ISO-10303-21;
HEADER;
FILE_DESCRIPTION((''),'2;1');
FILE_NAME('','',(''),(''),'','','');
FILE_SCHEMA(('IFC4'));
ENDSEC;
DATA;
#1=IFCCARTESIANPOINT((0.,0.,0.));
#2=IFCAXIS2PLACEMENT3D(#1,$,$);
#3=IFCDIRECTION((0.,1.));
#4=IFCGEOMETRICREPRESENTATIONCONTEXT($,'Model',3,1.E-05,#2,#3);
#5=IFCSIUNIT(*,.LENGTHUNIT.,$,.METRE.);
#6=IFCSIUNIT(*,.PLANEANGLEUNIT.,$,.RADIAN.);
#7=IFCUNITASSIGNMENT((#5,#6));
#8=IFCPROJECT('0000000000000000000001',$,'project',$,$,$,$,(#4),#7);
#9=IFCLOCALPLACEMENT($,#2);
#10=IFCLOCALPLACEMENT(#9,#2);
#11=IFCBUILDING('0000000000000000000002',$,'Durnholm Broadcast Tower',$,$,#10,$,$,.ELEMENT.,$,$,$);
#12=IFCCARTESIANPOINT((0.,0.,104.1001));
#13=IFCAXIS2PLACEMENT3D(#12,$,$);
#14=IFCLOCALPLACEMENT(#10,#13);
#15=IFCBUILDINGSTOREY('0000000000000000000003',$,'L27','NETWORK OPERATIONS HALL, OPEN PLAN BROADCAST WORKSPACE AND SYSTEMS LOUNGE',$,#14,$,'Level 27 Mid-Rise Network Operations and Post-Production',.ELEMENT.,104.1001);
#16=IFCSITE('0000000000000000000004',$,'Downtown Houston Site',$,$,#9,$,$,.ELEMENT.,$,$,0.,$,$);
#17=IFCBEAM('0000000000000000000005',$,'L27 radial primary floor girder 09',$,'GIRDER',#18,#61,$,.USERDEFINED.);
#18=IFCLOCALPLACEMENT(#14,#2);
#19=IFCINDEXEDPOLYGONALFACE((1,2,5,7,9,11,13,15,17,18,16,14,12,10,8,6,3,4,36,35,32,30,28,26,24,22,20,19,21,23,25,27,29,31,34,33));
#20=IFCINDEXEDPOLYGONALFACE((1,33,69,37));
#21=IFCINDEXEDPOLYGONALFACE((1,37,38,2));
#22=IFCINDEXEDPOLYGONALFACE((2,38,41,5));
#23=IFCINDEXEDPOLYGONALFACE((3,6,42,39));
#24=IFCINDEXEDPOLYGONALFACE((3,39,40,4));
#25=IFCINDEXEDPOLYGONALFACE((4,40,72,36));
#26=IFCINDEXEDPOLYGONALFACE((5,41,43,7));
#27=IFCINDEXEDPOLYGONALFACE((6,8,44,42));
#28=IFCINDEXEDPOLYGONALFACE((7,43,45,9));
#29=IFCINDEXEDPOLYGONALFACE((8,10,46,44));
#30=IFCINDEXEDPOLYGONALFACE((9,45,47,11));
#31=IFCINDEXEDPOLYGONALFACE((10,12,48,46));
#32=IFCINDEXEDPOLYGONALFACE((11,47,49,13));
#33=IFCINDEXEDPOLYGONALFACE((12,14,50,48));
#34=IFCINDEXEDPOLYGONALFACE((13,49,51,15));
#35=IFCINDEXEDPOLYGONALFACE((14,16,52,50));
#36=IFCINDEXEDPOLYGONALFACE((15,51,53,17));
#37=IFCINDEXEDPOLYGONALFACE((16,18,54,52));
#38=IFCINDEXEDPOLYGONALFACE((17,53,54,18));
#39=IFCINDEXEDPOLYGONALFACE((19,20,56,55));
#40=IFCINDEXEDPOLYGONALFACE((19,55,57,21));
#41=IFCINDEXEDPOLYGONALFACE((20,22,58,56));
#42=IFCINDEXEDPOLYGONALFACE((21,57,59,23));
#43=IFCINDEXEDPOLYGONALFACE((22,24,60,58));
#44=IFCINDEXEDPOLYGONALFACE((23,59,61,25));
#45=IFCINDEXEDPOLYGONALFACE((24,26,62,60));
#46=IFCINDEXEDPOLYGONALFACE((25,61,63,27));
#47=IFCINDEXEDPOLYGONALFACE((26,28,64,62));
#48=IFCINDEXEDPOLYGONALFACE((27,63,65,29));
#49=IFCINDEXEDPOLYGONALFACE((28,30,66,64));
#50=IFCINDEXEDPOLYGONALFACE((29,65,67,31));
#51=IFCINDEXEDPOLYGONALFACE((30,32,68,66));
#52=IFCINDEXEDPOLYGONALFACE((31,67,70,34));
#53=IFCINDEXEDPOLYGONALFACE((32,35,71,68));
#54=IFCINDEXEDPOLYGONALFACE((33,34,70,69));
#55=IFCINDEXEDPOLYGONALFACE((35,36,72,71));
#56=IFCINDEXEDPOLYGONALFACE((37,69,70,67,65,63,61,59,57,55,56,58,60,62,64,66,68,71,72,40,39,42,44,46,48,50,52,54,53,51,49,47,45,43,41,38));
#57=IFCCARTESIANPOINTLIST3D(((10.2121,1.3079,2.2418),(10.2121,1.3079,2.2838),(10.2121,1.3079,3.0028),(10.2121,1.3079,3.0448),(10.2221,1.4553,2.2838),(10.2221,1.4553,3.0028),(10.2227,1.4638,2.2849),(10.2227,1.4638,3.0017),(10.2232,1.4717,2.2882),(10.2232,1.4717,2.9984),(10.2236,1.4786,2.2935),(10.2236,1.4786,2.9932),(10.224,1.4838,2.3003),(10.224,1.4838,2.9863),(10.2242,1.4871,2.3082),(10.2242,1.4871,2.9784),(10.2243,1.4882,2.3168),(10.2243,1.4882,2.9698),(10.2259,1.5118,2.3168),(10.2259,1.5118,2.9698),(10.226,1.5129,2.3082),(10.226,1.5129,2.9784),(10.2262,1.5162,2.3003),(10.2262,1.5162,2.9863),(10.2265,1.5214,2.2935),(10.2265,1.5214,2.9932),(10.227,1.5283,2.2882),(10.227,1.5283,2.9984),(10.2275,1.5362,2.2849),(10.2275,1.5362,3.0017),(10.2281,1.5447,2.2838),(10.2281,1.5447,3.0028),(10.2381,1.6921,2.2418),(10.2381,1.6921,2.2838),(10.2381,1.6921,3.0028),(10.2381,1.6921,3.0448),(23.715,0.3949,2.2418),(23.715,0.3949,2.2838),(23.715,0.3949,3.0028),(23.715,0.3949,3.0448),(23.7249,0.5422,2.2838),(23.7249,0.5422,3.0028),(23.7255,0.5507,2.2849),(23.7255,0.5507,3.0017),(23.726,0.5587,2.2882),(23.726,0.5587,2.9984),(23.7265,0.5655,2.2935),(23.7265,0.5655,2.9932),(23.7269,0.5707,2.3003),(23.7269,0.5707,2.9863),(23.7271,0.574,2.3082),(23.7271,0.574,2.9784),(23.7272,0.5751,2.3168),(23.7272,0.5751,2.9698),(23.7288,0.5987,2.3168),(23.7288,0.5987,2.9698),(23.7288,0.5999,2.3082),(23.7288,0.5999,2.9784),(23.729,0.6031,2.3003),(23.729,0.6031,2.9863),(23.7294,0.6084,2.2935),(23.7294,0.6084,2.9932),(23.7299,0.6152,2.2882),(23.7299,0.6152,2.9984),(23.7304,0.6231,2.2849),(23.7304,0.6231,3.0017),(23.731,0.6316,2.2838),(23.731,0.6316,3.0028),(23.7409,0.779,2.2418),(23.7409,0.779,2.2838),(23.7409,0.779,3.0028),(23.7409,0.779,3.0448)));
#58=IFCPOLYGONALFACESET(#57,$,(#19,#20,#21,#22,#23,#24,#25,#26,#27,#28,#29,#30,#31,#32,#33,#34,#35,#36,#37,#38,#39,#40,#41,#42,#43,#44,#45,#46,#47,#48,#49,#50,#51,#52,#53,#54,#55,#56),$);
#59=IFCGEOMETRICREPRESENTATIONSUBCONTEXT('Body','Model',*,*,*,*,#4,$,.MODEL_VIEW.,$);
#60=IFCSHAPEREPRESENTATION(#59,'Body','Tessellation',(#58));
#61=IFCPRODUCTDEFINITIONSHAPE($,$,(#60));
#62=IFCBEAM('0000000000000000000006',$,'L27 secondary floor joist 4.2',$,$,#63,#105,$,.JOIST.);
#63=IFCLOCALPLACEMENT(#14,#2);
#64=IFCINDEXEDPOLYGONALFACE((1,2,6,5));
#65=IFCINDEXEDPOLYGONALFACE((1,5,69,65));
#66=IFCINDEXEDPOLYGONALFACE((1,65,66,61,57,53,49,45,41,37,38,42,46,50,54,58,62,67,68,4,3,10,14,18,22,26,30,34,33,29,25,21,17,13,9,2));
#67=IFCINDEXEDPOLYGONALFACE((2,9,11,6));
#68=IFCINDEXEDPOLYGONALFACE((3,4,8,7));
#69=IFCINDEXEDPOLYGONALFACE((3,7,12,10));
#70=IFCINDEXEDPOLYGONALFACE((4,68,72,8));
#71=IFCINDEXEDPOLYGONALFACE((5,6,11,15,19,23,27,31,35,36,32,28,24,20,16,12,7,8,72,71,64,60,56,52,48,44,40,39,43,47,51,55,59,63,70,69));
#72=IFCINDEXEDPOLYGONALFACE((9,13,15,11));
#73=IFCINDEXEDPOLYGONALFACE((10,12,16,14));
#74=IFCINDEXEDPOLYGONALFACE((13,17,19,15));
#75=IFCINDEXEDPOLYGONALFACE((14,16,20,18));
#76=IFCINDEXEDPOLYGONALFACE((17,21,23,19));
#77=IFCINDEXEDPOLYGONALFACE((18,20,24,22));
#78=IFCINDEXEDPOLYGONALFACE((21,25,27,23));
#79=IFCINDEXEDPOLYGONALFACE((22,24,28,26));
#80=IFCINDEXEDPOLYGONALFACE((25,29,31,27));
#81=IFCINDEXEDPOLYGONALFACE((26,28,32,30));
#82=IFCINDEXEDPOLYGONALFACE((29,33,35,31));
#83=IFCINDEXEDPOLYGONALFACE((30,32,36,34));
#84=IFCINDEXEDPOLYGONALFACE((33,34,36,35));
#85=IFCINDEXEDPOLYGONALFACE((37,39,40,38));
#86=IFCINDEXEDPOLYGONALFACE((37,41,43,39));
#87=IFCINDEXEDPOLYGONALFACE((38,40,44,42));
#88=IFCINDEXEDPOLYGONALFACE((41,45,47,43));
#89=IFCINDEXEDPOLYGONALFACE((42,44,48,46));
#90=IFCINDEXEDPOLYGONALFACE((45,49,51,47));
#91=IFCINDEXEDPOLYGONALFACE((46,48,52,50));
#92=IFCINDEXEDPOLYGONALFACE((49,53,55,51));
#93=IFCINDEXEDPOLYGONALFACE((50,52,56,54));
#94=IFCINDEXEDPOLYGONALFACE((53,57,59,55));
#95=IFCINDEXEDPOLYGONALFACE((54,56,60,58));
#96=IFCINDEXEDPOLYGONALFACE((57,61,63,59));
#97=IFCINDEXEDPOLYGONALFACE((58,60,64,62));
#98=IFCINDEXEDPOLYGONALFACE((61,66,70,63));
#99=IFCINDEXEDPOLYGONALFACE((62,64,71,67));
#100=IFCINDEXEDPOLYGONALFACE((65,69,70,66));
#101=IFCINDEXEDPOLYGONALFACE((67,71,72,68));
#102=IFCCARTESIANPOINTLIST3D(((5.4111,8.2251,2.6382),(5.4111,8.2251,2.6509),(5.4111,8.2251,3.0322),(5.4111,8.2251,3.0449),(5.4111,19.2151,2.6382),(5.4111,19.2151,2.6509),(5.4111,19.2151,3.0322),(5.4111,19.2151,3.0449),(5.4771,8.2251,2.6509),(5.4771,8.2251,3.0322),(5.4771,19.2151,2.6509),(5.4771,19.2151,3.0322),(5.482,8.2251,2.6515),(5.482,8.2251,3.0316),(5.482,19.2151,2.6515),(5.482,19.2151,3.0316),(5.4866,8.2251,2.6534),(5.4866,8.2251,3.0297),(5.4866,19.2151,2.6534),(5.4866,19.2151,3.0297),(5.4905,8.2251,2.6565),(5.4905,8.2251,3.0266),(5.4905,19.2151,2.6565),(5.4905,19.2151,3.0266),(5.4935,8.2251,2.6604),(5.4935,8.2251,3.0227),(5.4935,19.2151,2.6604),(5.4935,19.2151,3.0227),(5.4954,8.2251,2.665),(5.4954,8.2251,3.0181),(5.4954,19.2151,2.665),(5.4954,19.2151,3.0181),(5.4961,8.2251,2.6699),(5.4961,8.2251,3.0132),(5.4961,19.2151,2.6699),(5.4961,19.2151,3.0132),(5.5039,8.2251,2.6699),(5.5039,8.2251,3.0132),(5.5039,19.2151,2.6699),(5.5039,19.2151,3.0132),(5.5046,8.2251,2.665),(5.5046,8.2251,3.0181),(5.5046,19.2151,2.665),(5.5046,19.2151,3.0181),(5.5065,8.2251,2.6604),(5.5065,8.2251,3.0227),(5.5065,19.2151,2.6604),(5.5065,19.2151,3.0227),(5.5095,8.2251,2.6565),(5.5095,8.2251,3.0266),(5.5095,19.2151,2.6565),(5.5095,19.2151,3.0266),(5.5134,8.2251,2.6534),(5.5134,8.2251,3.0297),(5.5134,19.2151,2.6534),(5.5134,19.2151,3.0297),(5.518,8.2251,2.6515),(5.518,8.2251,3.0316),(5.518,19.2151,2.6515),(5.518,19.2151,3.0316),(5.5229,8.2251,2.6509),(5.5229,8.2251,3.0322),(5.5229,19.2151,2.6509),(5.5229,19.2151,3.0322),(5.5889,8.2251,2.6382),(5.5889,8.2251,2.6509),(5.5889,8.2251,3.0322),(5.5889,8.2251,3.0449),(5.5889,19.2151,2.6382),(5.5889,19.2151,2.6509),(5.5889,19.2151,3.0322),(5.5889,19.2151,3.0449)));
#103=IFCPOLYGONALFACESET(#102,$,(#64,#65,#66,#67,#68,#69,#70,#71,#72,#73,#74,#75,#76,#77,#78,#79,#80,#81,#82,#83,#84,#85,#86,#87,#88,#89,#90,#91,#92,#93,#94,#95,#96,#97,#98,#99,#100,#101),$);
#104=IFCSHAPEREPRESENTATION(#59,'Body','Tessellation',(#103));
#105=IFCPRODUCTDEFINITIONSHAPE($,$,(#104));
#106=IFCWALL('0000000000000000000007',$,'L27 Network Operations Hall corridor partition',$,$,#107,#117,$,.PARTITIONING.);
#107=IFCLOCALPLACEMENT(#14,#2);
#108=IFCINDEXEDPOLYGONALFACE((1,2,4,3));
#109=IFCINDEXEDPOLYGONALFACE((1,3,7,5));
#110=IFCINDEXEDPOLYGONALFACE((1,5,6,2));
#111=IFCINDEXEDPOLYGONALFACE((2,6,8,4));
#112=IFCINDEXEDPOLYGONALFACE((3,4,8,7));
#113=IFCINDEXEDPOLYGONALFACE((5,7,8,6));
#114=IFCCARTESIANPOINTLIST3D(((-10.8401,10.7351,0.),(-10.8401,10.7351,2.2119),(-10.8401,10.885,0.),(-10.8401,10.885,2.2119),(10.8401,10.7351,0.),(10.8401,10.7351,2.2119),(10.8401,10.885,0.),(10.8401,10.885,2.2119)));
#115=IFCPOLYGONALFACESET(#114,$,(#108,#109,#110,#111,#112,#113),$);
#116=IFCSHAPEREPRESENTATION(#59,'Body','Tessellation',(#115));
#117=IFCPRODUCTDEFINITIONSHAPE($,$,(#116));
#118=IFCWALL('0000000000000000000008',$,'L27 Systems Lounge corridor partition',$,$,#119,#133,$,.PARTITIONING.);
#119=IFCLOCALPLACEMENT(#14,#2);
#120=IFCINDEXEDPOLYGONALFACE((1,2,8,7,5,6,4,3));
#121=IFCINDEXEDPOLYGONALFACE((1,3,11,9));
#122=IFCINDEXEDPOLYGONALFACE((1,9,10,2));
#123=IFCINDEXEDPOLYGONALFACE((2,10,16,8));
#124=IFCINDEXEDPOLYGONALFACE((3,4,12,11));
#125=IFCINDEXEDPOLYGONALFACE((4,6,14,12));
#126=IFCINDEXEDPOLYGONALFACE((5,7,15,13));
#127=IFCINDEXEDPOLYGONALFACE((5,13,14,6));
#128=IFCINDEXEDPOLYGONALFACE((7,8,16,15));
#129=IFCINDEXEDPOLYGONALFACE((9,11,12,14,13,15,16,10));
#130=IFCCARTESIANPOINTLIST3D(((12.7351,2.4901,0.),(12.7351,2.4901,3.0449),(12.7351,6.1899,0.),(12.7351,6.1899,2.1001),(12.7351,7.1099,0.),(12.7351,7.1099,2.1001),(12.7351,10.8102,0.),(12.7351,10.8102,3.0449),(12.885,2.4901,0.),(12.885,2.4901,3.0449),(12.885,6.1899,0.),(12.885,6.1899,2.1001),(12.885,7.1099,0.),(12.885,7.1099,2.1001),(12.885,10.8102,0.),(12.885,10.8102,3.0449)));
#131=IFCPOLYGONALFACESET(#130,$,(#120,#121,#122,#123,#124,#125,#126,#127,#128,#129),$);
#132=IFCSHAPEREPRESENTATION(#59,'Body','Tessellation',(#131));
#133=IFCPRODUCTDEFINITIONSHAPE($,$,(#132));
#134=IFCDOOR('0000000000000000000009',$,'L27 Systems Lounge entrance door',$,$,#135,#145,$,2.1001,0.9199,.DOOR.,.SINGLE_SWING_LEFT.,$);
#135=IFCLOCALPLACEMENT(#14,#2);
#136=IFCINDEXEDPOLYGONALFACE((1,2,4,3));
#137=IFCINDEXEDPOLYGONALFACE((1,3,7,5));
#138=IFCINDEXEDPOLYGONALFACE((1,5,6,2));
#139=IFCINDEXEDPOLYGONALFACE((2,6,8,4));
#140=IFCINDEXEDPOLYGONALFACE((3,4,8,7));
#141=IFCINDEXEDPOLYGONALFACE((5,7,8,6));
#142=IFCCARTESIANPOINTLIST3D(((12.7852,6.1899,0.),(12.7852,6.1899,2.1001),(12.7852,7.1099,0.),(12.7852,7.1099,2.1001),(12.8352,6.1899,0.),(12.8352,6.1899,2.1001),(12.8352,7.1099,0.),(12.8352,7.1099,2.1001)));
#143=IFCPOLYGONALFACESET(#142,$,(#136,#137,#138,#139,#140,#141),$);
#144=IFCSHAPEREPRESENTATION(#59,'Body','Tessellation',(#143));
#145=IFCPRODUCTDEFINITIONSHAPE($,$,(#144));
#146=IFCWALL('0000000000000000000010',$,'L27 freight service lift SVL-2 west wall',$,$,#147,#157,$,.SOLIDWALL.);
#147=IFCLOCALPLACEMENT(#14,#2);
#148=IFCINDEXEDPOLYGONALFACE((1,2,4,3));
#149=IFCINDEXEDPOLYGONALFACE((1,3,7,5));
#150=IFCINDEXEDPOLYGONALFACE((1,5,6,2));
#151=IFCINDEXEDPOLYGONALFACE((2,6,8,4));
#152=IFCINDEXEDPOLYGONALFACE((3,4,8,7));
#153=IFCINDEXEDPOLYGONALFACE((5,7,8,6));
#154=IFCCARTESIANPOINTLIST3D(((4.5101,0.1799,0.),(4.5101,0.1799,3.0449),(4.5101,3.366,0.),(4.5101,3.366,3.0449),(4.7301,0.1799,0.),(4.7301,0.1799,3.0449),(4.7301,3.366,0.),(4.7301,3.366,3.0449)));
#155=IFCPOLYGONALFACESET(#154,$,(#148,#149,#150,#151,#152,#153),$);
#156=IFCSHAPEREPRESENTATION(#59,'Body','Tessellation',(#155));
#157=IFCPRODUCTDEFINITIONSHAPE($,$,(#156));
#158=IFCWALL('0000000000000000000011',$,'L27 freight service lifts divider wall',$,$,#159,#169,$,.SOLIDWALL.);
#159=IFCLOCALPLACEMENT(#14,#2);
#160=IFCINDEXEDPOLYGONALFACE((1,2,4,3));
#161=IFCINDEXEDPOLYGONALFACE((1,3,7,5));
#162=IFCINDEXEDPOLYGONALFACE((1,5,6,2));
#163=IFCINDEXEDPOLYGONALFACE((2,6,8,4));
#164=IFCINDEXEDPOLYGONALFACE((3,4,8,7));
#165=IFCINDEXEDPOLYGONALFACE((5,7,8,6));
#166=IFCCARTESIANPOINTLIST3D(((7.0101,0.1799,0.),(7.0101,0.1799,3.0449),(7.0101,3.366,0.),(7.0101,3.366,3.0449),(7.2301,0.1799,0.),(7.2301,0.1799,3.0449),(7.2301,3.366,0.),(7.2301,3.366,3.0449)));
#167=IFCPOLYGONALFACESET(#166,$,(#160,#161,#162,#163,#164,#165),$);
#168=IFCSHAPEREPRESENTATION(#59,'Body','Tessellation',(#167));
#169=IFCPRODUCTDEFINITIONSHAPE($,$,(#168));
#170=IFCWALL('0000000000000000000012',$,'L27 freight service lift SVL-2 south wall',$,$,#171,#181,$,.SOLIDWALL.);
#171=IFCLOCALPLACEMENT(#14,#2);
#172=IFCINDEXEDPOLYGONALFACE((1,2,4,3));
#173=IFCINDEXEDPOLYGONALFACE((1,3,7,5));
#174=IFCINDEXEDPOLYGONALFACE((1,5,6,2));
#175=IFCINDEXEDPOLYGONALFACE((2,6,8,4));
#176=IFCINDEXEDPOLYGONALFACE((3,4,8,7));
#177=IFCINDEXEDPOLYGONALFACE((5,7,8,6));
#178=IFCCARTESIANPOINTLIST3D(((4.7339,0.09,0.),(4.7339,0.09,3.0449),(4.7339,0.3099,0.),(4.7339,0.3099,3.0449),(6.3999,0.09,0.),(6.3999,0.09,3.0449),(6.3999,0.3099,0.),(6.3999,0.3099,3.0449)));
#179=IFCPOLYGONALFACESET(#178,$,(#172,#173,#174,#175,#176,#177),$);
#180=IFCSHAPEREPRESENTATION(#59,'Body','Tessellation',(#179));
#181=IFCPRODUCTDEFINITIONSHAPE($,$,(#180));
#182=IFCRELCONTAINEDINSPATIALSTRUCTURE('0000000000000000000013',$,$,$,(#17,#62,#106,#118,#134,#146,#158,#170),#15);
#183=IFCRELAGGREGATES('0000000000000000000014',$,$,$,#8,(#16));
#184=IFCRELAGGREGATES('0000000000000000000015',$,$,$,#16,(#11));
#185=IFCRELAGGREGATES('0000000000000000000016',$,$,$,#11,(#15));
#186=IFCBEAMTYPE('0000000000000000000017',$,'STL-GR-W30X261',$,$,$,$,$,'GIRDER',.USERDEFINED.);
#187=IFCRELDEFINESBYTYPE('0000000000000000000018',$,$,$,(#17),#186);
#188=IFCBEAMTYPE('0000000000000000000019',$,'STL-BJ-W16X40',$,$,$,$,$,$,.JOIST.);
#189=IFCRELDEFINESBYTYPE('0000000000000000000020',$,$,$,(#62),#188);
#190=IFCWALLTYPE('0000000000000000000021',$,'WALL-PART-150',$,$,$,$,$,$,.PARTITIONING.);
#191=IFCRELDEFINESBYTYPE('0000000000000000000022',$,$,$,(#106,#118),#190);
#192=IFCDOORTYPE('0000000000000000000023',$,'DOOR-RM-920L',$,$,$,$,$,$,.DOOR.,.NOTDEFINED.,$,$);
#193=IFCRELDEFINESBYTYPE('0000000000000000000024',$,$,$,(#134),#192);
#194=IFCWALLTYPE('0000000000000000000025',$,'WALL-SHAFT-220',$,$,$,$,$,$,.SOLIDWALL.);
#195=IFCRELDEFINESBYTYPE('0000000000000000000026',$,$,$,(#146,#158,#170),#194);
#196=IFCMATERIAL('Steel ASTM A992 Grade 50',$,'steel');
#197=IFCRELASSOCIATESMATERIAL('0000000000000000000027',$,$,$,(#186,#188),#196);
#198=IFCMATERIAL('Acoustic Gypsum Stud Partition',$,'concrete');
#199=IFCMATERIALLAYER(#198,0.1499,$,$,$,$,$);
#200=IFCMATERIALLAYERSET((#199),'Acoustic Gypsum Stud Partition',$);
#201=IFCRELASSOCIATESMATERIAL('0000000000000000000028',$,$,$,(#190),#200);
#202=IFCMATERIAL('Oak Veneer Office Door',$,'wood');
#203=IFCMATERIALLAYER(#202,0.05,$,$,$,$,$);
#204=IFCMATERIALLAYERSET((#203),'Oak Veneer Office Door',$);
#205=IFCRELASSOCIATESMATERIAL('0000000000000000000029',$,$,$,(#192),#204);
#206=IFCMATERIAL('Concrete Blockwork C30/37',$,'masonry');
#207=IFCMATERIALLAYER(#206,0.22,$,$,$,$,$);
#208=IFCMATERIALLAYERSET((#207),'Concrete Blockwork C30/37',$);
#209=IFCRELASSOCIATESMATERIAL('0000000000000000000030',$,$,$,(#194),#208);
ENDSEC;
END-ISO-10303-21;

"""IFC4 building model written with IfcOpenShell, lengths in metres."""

from ifc_helpers import new_model, si_unit, direction, frame, frame_2d, origin, origin_2d, place, context, subcontext, project, spatial, rectangle, i_section, extrude, source, transform, mapped, material, layer, layer_set, material_profile, profile_set, type_object, type_shapes, element, fill, save


model = new_model("IFC4")

# Units and contexts
model_context = context("Model", 3, precision=1e-05, world=origin(), true_north=direction((0.0, 1.0)))
body_context = subcontext(model_context, "Body", "Model", "MODEL_VIEW")
ifc_project = project(units=[si_unit("LENGTHUNIT", "METRE"), si_unit("PLANEANGLEUNIT", "RADIAN")], contexts=[model_context])

# Site, building, storey
site_placement = place(None, origin())
site = spatial("IfcSite", under=ifc_project, at=site_placement, Name="Downtown Houston Site", CompositionType="ELEMENT", RefElevation=0.0)
building_placement = place(site_placement, origin())
building = spatial("IfcBuilding", under=site, at=building_placement, Name="Durnholm Broadcast Tower", CompositionType="ELEMENT")
storey_placement = place(building_placement, frame((0.0, 0.0, 104.1001)))
storey = spatial("IfcBuildingStorey", under=building, at=storey_placement, Name="L27", Description="NETWORK OPERATIONS HALL, OPEN PLAN BROADCAST WORKSPACE AND SYSTEMS LOUNGE", LongName="Level 27 Mid-Rise Network Operations and Post-Production", CompositionType="ELEMENT", Elevation=104.1001)

# Beams
ifc_material_1 = material(Name="Steel ASTM A992 Grade 50", Category="steel")
ifc_material_profile_1 = material_profile(ifc_material_1, i_section(OverallWidth=0.385, OverallDepth=0.803, WebThickness=0.0237, FlangeThickness=0.042, FilletRadius=0.033, at=origin_2d()), Name="W30X261")
ifc_profile_set_1 = profile_set([ifc_material_profile_1], Name="Steel ASTM A992 Grade 50")
beam_type_1 = type_object("IfcBeamType", Name="STL-GR-W30X261", ElementType="GIRDER", PredefinedType="USERDEFINED", material=ifc_profile_set_1)
shared_shape_1 = source(origin(), body_context, "Body", "SweptSolid", [
    extrude(i_section(OverallWidth=0.385, OverallDepth=0.803, WebThickness=0.0237, FlangeThickness=0.042, FilletRadius=0.033, at=origin_2d()), origin(), (0.0, 0.0, 1.0), 13.5337),
])
beam_1_placement = place(storey_placement, frame((10.2251, 1.5, 2.6433), z_axis=(0.997721, -0.067467, 0.0), x_axis=(0.067467, 0.997721, 0.0)))
element("IfcBeam", 1, at=beam_1_placement, inside=storey, type_object=beam_type_1, Name="L27 radial primary floor girder 09", ObjectType="GIRDER", PredefinedType="USERDEFINED", context=body_context, shape_type="MappedRepresentation", body=[
    mapped(shared_shape_1, transform((0.0, 0.0, 0.0), x_axis=(1.0, 0.0, 0.0), y_axis=(0.0, 1.0, 0.0), z_axis=(0.0, 0.0, 1.0), scale=1.0)),
])
ifc_material_profile_2 = material_profile(ifc_material_1, i_section(OverallWidth=0.1777, OverallDepth=0.4067, WebThickness=0.0078, FlangeThickness=0.0127, FilletRadius=0.019, at=origin_2d()), Name="W16X40")
ifc_profile_set_2 = profile_set([ifc_material_profile_2], Name="Steel ASTM A992 Grade 50")
beam_type_2 = type_object("IfcBeamType", Name="STL-BJ-W16X40", PredefinedType="JOIST", material=ifc_profile_set_2)
shared_shape_2 = source(origin(), body_context, "Body", "SweptSolid", [
    extrude(i_section(OverallWidth=0.1777, OverallDepth=0.4067, WebThickness=0.0078, FlangeThickness=0.0127, FilletRadius=0.019, at=origin_2d()), origin(), (0.0, 0.0, 1.0), 10.99),
])
type_shapes(beam_type_2, [shared_shape_2])
beam_2_placement = place(storey_placement, frame((5.5, 8.2251, 2.8416), z_axis=(0.0, 1.0, 0.0), x_axis=(-1.0, 0.0, 0.0)))
element("IfcBeam", 2, at=beam_2_placement, inside=storey, type_object=beam_type_2, Name="L27 secondary floor joist 4.2", PredefinedType="JOIST", context=body_context, shape_type="MappedRepresentation", body=[
    mapped(shared_shape_2, transform((0.0, 0.0, 0.0), x_axis=(1.0, 0.0, 0.0), y_axis=(0.0, 1.0, 0.0), z_axis=(0.0, 0.0, 1.0), scale=1.0)),
])

# Wall
ifc_material_2 = material(Name="Acoustic Gypsum Stud Partition", Category="concrete")
ifc_layer_1 = layer(ifc_material_2, 0.1499)
ifc_layer_set_1 = layer_set([ifc_layer_1], Name="Acoustic Gypsum Stud Partition")
wall_type_1 = type_object("IfcWallType", Name="WALL-PART-150", PredefinedType="PARTITIONING", material=ifc_layer_set_1)
wall_1_placement = place(storey_placement, frame((10.8401, 10.8101, 0.0), z_axis=(0.0, 0.0, 1.0), x_axis=(-1.0, 0.0, 0.0)))
element("IfcWall", 3, at=wall_1_placement, inside=storey, type_object=wall_type_1, Name="L27 Network Operations Hall corridor partition", PredefinedType="PARTITIONING", context=body_context, shape_type="SweptSolid", body=[
    extrude(rectangle(XDim=21.6802, YDim=0.1499, at=frame_2d((10.8401, 0.0))), origin(), (0.0, 0.0, 1.0), 2.2119),
])

# Wall, opening, door
wall_2_placement = place(storey_placement, frame((12.8101, 2.49, 0.0), z_axis=(0.0, 0.0, 1.0), x_axis=(0.0, 1.0, 0.0)))
wall_2 = element("IfcWall", 4, at=wall_2_placement, inside=storey, type_object=wall_type_1, Name="L27 Systems Lounge corridor partition", PredefinedType="PARTITIONING", context=body_context, shape_type="SweptSolid", body=[
    extrude(rectangle(XDim=8.3201, YDim=0.1499, at=frame_2d((4.1602, 0.0))), origin(), (0.0, 0.0, 1.0), 3.0449),
])
opening_1_placement = place(wall_2_placement, frame((3.7, 0.0, 0.0)))
opening_1 = element("IfcOpeningElement", 5, at=opening_1_placement, cuts=wall_2, PredefinedType="OPENING", context=body_context, shape_type="SweptSolid", body=[
    extrude(rectangle(XDim=0.9199, YDim=2.1001, at=frame_2d((0.46, 1.05))), frame((0.0, 0.085, 0.0), z_axis=(0.0, -1.0, 0.0), x_axis=(1.0, 0.0, 0.0)), (0.0, 0.0, 1.0), 0.1699),
])
ifc_material_3 = material(Name="Oak Veneer Office Door", Category="wood")
ifc_layer_2 = layer(ifc_material_3, 0.05)
ifc_layer_set_2 = layer_set([ifc_layer_2], Name="Oak Veneer Office Door")
door_type_1 = type_object("IfcDoorType", Name="DOOR-RM-920L", OperationType="NOTDEFINED", PredefinedType="DOOR", material=ifc_layer_set_2)
shared_shape_3 = source(origin(), body_context, "Body", "SweptSolid", [
    extrude(rectangle(XDim=0.9199, YDim=2.1001, at=frame_2d((0.46, 1.05))), frame((0.0, 0.0249, 0.0), z_axis=(0.0, -1.0, 0.0), x_axis=(1.0, 0.0, 0.0)), (0.0, 0.0, 1.0), 0.05),
])
type_shapes(door_type_1, [shared_shape_3])
door_1_placement = place(opening_1_placement, origin())
door_1 = element("IfcDoor", 6, at=door_1_placement, inside=storey, type_object=door_type_1, Name="L27 Systems Lounge entrance door", OperationType="SINGLE_SWING_LEFT", OverallHeight=2.1001, OverallWidth=0.9199, PredefinedType="DOOR", context=body_context, shape_type="MappedRepresentation", body=[
    mapped(shared_shape_3, transform((0.0, 0.0, 0.0), x_axis=(1.0, 0.0, 0.0), y_axis=(0.0, 1.0, 0.0), z_axis=(0.0, 0.0, 1.0), scale=1.0)),
])
fill(opening_1, door_1)

# Shared definitions
ifc_material_4 = material(Name="Concrete Blockwork C30/37", Category="masonry")
ifc_layer_3 = layer(ifc_material_4, 0.22)
ifc_layer_set_3 = layer_set([ifc_layer_3], Name="Concrete Blockwork C30/37")
wall_type_2 = type_object("IfcWallType", Name="WALL-SHAFT-220", PredefinedType="SOLIDWALL", material=ifc_layer_set_3)

# Walls
for number, where, z_axis, x_axis, name in (
    (7, (4.6201, 0.1799, 0.0), (0.0, 0.0, 1.0), (0.0, 1.0, 0.0), "L27 freight service lift SVL-2 west wall"),
    (8, (7.1201, 0.1799, 0.0), (0.0, 0.0, 1.0), (0.0, 1.0, 0.0), "L27 freight service lifts divider wall"),
):
    element("IfcWall", number, at=place(storey_placement, frame(where, z_axis=z_axis, x_axis=x_axis)), inside=storey, type_object=wall_type_2, Name=name, PredefinedType="SOLIDWALL", context=body_context, shape_type="SweptSolid", body=[
        extrude(rectangle(XDim=3.186, YDim=0.22, at=frame_2d((1.593, 0.0))), origin(), (0.0, 0.0, 1.0), 3.0449),
    ])
wall_3_placement = place(storey_placement, frame((4.7339, 0.2, 0.0), z_axis=(0.0, 0.0, 1.0), x_axis=(1.0, 0.0, 0.0)))
element("IfcWall", 9, at=wall_3_placement, inside=storey, type_object=wall_type_2, Name="L27 freight service lift SVL-2 south wall", PredefinedType="SOLIDWALL", context=body_context, shape_type="SweptSolid", body=[
    extrude(rectangle(XDim=1.666, YDim=0.22, at=frame_2d((0.833, 0.0))), origin(), (0.0, 0.0, 1.0), 3.0449),
])

save(model, "model.ifc")
